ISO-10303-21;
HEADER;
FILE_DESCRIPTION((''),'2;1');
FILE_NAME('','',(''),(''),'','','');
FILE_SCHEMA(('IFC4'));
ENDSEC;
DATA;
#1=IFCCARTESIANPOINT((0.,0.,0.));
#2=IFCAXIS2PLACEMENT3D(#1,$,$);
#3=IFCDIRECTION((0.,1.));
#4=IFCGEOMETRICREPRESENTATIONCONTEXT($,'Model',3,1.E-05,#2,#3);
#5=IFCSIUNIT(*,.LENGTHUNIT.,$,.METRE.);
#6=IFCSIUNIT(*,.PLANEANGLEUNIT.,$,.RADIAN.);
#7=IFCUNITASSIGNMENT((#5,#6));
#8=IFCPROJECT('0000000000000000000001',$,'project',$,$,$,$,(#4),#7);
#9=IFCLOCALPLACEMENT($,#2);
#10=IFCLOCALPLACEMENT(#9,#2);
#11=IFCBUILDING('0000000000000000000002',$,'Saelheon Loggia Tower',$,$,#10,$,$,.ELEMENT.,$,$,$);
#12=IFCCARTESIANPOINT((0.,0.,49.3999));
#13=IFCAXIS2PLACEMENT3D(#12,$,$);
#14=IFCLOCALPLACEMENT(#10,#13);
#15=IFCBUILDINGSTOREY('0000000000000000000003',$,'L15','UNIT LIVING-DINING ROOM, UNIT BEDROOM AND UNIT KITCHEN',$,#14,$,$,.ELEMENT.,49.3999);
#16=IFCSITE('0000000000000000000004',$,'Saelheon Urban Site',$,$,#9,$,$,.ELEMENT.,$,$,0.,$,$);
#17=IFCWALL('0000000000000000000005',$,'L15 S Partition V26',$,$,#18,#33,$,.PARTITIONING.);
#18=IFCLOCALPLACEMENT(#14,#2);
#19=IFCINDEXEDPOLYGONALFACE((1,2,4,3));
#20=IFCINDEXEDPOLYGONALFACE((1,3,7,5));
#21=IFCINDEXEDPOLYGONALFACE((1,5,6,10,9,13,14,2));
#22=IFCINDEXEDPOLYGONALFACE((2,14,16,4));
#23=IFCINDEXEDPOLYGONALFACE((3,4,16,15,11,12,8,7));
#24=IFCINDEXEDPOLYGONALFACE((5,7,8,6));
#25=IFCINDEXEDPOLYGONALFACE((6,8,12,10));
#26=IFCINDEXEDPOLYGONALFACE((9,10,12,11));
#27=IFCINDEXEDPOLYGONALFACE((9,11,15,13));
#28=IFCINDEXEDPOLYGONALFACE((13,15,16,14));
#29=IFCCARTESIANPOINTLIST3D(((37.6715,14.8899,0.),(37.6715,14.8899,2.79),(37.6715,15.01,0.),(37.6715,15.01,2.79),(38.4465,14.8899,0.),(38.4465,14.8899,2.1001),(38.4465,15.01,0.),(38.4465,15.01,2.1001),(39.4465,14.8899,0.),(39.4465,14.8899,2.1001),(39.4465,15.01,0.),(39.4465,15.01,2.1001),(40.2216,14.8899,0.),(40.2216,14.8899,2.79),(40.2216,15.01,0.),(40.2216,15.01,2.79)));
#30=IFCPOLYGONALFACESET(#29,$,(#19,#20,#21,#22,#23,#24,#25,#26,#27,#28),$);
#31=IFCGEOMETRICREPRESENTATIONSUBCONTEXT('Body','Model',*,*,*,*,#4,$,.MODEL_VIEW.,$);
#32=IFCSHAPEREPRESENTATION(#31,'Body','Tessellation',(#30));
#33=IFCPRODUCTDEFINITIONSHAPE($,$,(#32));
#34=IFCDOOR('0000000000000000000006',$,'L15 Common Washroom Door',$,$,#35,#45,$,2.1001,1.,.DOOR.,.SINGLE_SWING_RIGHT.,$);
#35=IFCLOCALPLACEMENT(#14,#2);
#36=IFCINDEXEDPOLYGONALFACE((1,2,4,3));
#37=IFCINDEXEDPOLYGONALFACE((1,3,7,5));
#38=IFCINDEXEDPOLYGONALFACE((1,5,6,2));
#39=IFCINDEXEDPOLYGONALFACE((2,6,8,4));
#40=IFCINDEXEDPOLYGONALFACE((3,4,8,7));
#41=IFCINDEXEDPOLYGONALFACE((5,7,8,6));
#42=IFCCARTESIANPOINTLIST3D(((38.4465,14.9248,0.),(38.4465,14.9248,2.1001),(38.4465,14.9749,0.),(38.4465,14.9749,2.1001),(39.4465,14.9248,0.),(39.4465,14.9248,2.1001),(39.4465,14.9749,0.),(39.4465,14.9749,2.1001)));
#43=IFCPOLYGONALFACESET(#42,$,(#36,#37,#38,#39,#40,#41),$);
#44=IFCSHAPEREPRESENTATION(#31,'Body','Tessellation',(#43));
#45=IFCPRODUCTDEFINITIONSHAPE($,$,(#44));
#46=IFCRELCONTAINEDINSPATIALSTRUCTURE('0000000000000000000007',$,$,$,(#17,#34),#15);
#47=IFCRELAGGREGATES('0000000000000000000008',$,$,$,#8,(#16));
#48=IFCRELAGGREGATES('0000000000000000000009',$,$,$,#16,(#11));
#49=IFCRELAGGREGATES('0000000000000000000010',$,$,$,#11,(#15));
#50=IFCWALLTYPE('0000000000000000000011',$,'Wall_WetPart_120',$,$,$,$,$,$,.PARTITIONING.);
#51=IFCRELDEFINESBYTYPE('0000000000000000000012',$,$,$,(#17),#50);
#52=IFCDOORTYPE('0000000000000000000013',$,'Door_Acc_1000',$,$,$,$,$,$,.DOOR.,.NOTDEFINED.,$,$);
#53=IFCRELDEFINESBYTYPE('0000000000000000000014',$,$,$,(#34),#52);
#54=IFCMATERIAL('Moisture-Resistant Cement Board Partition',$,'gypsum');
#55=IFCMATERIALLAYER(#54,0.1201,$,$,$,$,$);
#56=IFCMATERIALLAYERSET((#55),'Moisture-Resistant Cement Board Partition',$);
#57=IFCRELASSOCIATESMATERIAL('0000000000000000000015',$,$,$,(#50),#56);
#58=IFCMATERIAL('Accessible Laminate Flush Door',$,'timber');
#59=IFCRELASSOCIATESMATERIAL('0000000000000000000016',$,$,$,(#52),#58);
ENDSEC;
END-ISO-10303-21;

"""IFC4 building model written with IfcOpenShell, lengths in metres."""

from ifc_helpers import new_model, si_unit, direction, frame, frame_2d, origin, place, context, subcontext, project, spatial, rectangle, extrude, source, transform, mapped, material, layer, layer_set, type_object, element, fill, save


model = new_model("IFC4")

# Units and contexts
model_context = context("Model", 3, precision=1e-05, world=origin(), true_north=direction((0.0, 1.0)))
body_context = subcontext(model_context, "Body", "Model", "MODEL_VIEW")
ifc_project = project(units=[si_unit("LENGTHUNIT", "METRE"), si_unit("PLANEANGLEUNIT", "RADIAN")], contexts=[model_context])

# Site, building, storey
site_placement = place(None, origin())
site = spatial("IfcSite", under=ifc_project, at=site_placement, Name="Saelheon Urban Site", CompositionType="ELEMENT", RefElevation=0.0)
building_placement = place(site_placement, origin())
building = spatial("IfcBuilding", under=site, at=building_placement, Name="Saelheon Loggia Tower", CompositionType="ELEMENT")
storey_placement = place(building_placement, frame((0.0, 0.0, 49.3999)))
storey = spatial("IfcBuildingStorey", under=building, at=storey_placement, Name="L15", Description="UNIT LIVING-DINING ROOM, UNIT BEDROOM AND UNIT KITCHEN", CompositionType="ELEMENT", Elevation=49.3999)

# Shared definitions
ifc_material_1 = material(Name="Moisture-Resistant Cement Board Partition", Category="gypsum")
ifc_layer_1 = layer(ifc_material_1, 0.1201)
ifc_layer_set_1 = layer_set([ifc_layer_1], Name="Moisture-Resistant Cement Board Partition")
wall_type_1 = type_object("IfcWallType", Name="Wall_WetPart_120", PredefinedType="PARTITIONING", material=ifc_layer_set_1)

# Wall, opening, door
wall_1_placement = place(storey_placement, frame((37.6716, 14.95, 0.0), z_axis=(0.0, 0.0, 1.0), x_axis=(1.0, 0.0, 0.0)))
wall_1 = element("IfcWall", 1, at=wall_1_placement, inside=storey, type_object=wall_type_1, Name="L15 S Partition V26", PredefinedType="PARTITIONING", context=body_context, shape_type="SweptSolid", body=[
    extrude(rectangle(XDim=2.55, YDim=0.1201, at=frame_2d((1.2749, 0.0))), origin(), (0.0, 0.0, 1.0), 2.79),
])
opening_1_placement = place(wall_1_placement, frame((0.7749, 0.0, 0.0)))
opening_1 = element("IfcOpeningElement", 2, at=opening_1_placement, cuts=wall_1, PredefinedType="OPENING", context=body_context, shape_type="SweptSolid", body=[
    extrude(rectangle(XDim=1.0, YDim=2.1001, at=frame_2d((0.5, 1.05))), frame((0.0, 0.072, 0.0), z_axis=(0.0, -1.0, 0.0), x_axis=(1.0, 0.0, 0.0)), (0.0, 0.0, 1.0), 0.144),
])
ifc_material_2 = material(Name="Accessible Laminate Flush Door", Category="timber")
door_type_1 = type_object("IfcDoorType", Name="Door_Acc_1000", OperationType="NOTDEFINED", PredefinedType="DOOR", material=ifc_material_2)
shared_shape_1 = source(origin(), body_context, "Body", "SweptSolid", [
    extrude(rectangle(XDim=1.0, YDim=2.1001, at=frame_2d((0.5, 1.05))), frame((0.0, 0.0249, 0.0), z_axis=(0.0, -1.0, 0.0), x_axis=(1.0, 0.0, 0.0)), (0.0, 0.0, 1.0), 0.05),
])
door_1_placement = place(opening_1_placement, origin())
door_1 = element("IfcDoor", 3, at=door_1_placement, inside=storey, type_object=door_type_1, Name="L15 Common Washroom Door", OperationType="SINGLE_SWING_RIGHT", OverallHeight=2.1001, OverallWidth=1.0, PredefinedType="DOOR", context=body_context, shape_type="MappedRepresentation", body=[
    mapped(shared_shape_1, transform((0.0, 0.0, 0.0), scale=1.0)),
])
fill(opening_1, door_1)

save(model, "model.ifc")
